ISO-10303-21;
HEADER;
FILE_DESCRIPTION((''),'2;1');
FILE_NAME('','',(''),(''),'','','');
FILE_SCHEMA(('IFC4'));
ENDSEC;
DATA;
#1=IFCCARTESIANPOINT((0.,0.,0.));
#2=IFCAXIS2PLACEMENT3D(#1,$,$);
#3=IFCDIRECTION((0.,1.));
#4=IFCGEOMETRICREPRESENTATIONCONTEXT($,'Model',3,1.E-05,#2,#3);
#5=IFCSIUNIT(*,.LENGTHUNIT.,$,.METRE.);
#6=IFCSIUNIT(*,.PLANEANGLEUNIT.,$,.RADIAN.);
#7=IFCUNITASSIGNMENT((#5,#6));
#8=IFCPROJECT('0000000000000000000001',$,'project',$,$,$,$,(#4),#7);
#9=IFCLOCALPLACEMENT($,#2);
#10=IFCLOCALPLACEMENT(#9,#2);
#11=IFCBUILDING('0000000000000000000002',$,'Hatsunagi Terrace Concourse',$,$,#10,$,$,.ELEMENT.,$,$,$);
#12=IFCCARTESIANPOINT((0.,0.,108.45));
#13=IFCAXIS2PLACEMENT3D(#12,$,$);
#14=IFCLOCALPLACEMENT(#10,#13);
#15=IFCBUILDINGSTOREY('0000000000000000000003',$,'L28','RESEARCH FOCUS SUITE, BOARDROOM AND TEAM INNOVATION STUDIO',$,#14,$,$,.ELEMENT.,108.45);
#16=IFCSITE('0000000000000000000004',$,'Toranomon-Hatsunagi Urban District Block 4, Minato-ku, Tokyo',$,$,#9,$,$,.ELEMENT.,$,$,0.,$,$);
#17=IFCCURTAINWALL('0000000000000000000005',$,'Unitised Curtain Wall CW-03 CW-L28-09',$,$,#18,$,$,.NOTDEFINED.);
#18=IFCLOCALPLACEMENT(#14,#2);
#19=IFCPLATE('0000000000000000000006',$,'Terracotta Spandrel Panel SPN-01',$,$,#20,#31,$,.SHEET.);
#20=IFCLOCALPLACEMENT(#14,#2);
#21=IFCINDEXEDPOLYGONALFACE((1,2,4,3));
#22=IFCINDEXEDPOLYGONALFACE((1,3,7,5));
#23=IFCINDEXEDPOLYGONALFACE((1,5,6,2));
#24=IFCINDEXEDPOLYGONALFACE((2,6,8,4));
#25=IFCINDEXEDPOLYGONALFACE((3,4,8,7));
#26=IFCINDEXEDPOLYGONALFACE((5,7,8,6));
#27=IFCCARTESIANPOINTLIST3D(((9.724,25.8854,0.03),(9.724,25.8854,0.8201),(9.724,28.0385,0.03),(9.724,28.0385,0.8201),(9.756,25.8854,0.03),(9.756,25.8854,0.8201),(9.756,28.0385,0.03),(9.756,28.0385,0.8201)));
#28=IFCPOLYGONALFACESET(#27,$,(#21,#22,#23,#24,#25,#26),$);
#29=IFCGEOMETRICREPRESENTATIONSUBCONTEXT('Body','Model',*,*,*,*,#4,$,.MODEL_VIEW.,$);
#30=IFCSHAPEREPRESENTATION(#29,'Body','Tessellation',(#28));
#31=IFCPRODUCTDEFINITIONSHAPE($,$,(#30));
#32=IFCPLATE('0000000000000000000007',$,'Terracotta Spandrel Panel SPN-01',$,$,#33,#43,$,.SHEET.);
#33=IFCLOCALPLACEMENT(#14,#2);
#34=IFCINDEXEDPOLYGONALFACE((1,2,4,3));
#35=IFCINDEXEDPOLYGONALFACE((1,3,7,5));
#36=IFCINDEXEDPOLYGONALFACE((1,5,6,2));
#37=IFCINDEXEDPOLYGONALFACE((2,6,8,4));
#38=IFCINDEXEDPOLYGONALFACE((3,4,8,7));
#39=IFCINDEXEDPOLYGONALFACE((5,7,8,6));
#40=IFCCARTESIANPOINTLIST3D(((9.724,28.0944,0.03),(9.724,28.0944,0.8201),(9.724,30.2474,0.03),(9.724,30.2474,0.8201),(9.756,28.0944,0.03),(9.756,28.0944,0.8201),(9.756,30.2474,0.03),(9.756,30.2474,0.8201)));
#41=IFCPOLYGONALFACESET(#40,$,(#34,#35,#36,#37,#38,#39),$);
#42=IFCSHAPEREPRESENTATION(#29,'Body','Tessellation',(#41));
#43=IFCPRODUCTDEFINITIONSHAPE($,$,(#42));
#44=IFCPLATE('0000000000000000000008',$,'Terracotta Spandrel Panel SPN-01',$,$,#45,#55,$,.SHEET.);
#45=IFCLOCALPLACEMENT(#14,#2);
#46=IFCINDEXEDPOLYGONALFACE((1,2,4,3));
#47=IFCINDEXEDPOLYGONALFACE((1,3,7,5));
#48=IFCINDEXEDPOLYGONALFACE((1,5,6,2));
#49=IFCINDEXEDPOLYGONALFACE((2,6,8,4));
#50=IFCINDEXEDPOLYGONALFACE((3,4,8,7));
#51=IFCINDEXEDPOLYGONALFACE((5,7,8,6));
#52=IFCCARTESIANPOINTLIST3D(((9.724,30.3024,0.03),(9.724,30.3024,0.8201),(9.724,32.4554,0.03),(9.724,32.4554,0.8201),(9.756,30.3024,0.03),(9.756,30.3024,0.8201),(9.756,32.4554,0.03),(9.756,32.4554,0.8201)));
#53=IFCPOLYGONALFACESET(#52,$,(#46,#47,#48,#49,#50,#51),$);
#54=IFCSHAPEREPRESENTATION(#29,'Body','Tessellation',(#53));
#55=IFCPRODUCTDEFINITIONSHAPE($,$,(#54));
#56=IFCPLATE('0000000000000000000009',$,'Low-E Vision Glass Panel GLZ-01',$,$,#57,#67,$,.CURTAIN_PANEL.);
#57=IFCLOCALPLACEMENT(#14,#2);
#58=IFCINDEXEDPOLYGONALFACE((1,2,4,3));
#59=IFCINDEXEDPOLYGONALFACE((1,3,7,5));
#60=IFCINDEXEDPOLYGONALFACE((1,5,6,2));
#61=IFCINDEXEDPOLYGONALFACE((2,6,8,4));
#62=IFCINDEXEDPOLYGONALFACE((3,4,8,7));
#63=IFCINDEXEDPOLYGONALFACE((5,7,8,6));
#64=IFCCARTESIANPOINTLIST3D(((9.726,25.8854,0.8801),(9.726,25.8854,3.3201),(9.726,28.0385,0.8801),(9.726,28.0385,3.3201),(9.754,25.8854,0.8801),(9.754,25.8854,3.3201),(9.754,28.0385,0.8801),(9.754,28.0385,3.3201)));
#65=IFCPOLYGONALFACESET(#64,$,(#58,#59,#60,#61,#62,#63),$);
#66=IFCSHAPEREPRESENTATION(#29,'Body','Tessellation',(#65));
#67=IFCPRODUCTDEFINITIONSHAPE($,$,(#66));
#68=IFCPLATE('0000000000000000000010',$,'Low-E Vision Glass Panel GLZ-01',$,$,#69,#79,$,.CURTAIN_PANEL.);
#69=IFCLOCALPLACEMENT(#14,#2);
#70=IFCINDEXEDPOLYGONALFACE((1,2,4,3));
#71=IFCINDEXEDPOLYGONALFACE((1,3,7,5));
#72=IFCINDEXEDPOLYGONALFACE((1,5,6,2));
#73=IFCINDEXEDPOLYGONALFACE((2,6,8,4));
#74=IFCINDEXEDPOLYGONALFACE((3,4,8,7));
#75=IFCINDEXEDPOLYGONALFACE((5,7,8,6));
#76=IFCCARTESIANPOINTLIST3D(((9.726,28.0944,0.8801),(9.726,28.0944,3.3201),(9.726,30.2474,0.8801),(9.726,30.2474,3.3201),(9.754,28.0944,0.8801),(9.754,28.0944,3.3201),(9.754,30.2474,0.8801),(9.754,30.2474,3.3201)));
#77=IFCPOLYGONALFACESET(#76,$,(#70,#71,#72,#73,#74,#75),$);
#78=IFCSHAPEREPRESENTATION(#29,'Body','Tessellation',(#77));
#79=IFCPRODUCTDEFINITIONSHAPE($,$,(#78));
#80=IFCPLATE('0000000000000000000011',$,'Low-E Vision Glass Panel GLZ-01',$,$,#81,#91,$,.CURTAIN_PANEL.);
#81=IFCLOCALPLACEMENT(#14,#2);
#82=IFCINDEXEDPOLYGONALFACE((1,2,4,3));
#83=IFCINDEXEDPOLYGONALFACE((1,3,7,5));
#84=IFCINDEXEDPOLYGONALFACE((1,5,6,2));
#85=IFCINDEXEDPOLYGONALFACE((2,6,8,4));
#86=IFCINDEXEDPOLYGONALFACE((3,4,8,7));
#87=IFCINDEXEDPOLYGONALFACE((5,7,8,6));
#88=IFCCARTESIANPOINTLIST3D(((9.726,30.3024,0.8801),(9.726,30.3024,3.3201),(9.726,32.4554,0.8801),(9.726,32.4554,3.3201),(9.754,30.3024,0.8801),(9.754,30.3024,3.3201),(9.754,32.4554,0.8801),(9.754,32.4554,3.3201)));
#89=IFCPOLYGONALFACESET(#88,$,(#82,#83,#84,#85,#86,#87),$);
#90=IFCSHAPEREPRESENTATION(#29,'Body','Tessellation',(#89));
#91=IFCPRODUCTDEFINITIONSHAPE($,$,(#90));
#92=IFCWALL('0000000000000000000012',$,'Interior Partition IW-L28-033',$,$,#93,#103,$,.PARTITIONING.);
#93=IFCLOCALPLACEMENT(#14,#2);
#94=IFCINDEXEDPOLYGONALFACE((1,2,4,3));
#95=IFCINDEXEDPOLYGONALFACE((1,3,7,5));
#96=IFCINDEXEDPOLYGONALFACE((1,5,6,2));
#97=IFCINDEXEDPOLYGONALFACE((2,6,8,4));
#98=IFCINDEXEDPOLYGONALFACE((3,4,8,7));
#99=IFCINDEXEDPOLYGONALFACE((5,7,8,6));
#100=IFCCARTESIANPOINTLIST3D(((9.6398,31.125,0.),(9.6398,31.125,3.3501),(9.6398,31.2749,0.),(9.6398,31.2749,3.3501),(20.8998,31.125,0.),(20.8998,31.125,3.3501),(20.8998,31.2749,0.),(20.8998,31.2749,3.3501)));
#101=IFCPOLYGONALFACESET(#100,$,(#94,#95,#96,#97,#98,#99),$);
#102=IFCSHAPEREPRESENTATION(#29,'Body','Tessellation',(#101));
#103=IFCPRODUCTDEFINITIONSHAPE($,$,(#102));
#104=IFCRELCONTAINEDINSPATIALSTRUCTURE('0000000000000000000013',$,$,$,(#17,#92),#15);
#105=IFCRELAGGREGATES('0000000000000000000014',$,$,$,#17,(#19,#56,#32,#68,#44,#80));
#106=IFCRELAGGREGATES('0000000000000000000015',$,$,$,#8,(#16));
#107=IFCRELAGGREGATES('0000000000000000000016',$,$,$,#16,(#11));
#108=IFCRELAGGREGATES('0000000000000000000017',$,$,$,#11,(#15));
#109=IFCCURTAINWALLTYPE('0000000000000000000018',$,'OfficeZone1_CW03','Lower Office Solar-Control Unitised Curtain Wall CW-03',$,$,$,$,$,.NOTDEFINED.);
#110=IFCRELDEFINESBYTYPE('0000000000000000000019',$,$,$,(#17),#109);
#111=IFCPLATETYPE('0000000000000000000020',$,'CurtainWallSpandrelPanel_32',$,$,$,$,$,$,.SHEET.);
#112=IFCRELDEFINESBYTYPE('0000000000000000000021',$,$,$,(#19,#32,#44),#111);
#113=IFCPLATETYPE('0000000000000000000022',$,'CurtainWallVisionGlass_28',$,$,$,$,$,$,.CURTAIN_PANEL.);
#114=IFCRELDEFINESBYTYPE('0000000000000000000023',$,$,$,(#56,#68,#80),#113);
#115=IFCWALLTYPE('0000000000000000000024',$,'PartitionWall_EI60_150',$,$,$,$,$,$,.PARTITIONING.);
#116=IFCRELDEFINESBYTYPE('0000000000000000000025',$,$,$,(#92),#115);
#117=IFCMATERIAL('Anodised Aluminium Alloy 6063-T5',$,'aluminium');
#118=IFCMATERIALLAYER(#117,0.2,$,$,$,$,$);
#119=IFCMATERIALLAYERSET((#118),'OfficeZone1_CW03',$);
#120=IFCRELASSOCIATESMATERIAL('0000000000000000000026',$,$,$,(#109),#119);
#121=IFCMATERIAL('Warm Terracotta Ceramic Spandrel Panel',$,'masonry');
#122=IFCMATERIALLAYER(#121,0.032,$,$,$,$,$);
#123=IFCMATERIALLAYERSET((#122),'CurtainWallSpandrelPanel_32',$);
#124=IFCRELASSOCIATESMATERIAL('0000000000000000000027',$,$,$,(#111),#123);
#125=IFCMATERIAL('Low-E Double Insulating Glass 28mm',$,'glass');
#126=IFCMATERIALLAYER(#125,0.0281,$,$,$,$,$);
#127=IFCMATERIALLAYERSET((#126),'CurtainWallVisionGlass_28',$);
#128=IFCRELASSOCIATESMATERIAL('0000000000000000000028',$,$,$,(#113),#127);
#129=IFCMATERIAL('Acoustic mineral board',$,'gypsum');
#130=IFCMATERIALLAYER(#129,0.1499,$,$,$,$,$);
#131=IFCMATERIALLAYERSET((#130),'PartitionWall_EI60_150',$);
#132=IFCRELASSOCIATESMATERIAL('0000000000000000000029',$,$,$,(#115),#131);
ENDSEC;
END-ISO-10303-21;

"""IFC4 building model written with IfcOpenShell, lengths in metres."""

from ifc_helpers import new_model, si_unit, direction, frame, frame_2d, origin, origin_2d, place, context, subcontext, project, spatial, rectangle, extrude, material, layer, layer_set, type_object, element, aggregate, save


model = new_model("IFC4")

# Units and contexts
model_context = context("Model", 3, precision=1e-05, world=origin(), true_north=direction((0.0, 1.0)))
body_context = subcontext(model_context, "Body", "Model", "MODEL_VIEW")
ifc_project = project(units=[si_unit("LENGTHUNIT", "METRE"), si_unit("PLANEANGLEUNIT", "RADIAN")], contexts=[model_context])

# Site, building, storey
site_placement = place(None, origin())
site = spatial("IfcSite", under=ifc_project, at=site_placement, Name="Toranomon-Hatsunagi Urban District Block 4, Minato-ku, Tokyo", CompositionType="ELEMENT", RefElevation=0.0)
building_placement = place(site_placement, origin())
building = spatial("IfcBuilding", under=site, at=building_placement, Name="Hatsunagi Terrace Concourse", CompositionType="ELEMENT")
storey_placement = place(building_placement, frame((0.0, 0.0, 108.45)))
storey = spatial("IfcBuildingStorey", under=building, at=storey_placement, Name="L28", Description="RESEARCH FOCUS SUITE, BOARDROOM AND TEAM INNOVATION STUDIO", CompositionType="ELEMENT", Elevation=108.45)

# Curtain wall
ifc_material_1 = material(Name="Anodised Aluminium Alloy 6063-T5", Category="aluminium")
ifc_layer_1 = layer(ifc_material_1, 0.2)
ifc_layer_set_1 = layer_set([ifc_layer_1], Name="OfficeZone1_CW03")
curtain_wall_type = type_object("IfcCurtainWallType", Name="OfficeZone1_CW03", Description="Lower Office Solar-Control Unitised Curtain Wall CW-03", PredefinedType="NOTDEFINED", material=ifc_layer_set_1)
curtain_wall_placement = place(storey_placement, origin())
curtain_wall = element("IfcCurtainWall", 1, at=curtain_wall_placement, inside=storey, type_object=curtain_wall_type, Name="Unitised Curtain Wall CW-03 CW-L28-09", PredefinedType="NOTDEFINED")

# Plates
ifc_material_2 = material(Name="Warm Terracotta Ceramic Spandrel Panel", Category="masonry")
ifc_layer_2 = layer(ifc_material_2, 0.032)
ifc_layer_set_2 = layer_set([ifc_layer_2], Name="CurtainWallSpandrelPanel_32")
plate_type_1 = type_object("IfcPlateType", Name="CurtainWallSpandrelPanel_32", PredefinedType="SHEET", material=ifc_layer_set_2)
plate_1_placement = place(storey_placement, frame((9.74, 26.9619, 0.03), z_axis=(0.0, 0.0, 1.0), x_axis=(0.0, 1.0, 0.0)))
plate_1 = element("IfcPlate", 2, at=plate_1_placement, type_object=plate_type_1, Name="Terracotta Spandrel Panel SPN-01", PredefinedType="SHEET", context=body_context, shape_type="SweptSolid", body=[
    extrude(rectangle(XDim=2.1531, YDim=0.032, at=origin_2d()), origin(), (0.0, 0.0, 1.0), 0.79),
])
plate_2_placement = place(storey_placement, frame((9.74, 29.1709, 0.03), z_axis=(0.0, 0.0, 1.0), x_axis=(0.0, 1.0, 0.0)))
plate_2 = element("IfcPlate", 3, at=plate_2_placement, type_object=plate_type_1, Name="Terracotta Spandrel Panel SPN-01", PredefinedType="SHEET", context=body_context, shape_type="SweptSolid", body=[
    extrude(rectangle(XDim=2.1531, YDim=0.032, at=origin_2d()), origin(), (0.0, 0.0, 1.0), 0.79),
])
plate_3_placement = place(storey_placement, frame((9.74, 31.3789, 0.03), z_axis=(0.0, 0.0, 1.0), x_axis=(0.0, 1.0, 0.0)))
plate_3 = element("IfcPlate", 4, at=plate_3_placement, type_object=plate_type_1, Name="Terracotta Spandrel Panel SPN-01", PredefinedType="SHEET", context=body_context, shape_type="SweptSolid", body=[
    extrude(rectangle(XDim=2.1531, YDim=0.032, at=origin_2d()), origin(), (0.0, 0.0, 1.0), 0.79),
])
ifc_material_3 = material(Name="Low-E Double Insulating Glass 28mm", Category="glass")
ifc_layer_3 = layer(ifc_material_3, 0.0281)
ifc_layer_set_3 = layer_set([ifc_layer_3], Name="CurtainWallVisionGlass_28")
plate_type_2 = type_object("IfcPlateType", Name="CurtainWallVisionGlass_28", PredefinedType="CURTAIN_PANEL", material=ifc_layer_set_3)
plate_4_placement = place(storey_placement, frame((9.74, 26.9619, 0.8801), z_axis=(0.0, 0.0, 1.0), x_axis=(0.0, 1.0, 0.0)))
plate_4 = element("IfcPlate", 5, at=plate_4_placement, type_object=plate_type_2, Name="Low-E Vision Glass Panel GLZ-01", PredefinedType="CURTAIN_PANEL", context=body_context, shape_type="SweptSolid", body=[
    extrude(rectangle(XDim=2.1531, YDim=0.0281, at=origin_2d()), origin(), (0.0, 0.0, 1.0), 2.4399),
])
plate_5_placement = place(storey_placement, frame((9.74, 29.1709, 0.8801), z_axis=(0.0, 0.0, 1.0), x_axis=(0.0, 1.0, 0.0)))
plate_5 = element("IfcPlate", 6, at=plate_5_placement, type_object=plate_type_2, Name="Low-E Vision Glass Panel GLZ-01", PredefinedType="CURTAIN_PANEL", context=body_context, shape_type="SweptSolid", body=[
    extrude(rectangle(XDim=2.1531, YDim=0.0281, at=origin_2d()), origin(), (0.0, 0.0, 1.0), 2.4399),
])
plate_6_placement = place(storey_placement, frame((9.74, 31.3789, 0.8801), z_axis=(0.0, 0.0, 1.0), x_axis=(0.0, 1.0, 0.0)))
plate_6 = element("IfcPlate", 7, at=plate_6_placement, type_object=plate_type_2, Name="Low-E Vision Glass Panel GLZ-01", PredefinedType="CURTAIN_PANEL", context=body_context, shape_type="SweptSolid", body=[
    extrude(rectangle(XDim=2.1531, YDim=0.0281, at=origin_2d()), origin(), (0.0, 0.0, 1.0), 2.4399),
])
aggregate(curtain_wall, [plate_1, plate_4, plate_2, plate_5, plate_3, plate_6])

# Wall
ifc_material_4 = material(Name="Acoustic mineral board", Category="gypsum")
ifc_layer_4 = layer(ifc_material_4, 0.1499)
ifc_layer_set_4 = layer_set([ifc_layer_4], Name="PartitionWall_EI60_150")
wall_type = type_object("IfcWallType", Name="PartitionWall_EI60_150", PredefinedType="PARTITIONING", material=ifc_layer_set_4)
wall_placement = place(storey_placement, frame((9.6399, 31.2, 0.0), z_axis=(0.0, 0.0, 1.0), x_axis=(1.0, 0.0, 0.0)))
element("IfcWall", 8, at=wall_placement, inside=storey, type_object=wall_type, Name="Interior Partition IW-L28-033", PredefinedType="PARTITIONING", context=body_context, shape_type="SweptSolid", body=[
    extrude(rectangle(XDim=11.26, YDim=0.1499, at=frame_2d((5.6299, 0.0))), origin(), (0.0, 0.0, 1.0), 3.3501),
])

save(model, "model.ifc")
